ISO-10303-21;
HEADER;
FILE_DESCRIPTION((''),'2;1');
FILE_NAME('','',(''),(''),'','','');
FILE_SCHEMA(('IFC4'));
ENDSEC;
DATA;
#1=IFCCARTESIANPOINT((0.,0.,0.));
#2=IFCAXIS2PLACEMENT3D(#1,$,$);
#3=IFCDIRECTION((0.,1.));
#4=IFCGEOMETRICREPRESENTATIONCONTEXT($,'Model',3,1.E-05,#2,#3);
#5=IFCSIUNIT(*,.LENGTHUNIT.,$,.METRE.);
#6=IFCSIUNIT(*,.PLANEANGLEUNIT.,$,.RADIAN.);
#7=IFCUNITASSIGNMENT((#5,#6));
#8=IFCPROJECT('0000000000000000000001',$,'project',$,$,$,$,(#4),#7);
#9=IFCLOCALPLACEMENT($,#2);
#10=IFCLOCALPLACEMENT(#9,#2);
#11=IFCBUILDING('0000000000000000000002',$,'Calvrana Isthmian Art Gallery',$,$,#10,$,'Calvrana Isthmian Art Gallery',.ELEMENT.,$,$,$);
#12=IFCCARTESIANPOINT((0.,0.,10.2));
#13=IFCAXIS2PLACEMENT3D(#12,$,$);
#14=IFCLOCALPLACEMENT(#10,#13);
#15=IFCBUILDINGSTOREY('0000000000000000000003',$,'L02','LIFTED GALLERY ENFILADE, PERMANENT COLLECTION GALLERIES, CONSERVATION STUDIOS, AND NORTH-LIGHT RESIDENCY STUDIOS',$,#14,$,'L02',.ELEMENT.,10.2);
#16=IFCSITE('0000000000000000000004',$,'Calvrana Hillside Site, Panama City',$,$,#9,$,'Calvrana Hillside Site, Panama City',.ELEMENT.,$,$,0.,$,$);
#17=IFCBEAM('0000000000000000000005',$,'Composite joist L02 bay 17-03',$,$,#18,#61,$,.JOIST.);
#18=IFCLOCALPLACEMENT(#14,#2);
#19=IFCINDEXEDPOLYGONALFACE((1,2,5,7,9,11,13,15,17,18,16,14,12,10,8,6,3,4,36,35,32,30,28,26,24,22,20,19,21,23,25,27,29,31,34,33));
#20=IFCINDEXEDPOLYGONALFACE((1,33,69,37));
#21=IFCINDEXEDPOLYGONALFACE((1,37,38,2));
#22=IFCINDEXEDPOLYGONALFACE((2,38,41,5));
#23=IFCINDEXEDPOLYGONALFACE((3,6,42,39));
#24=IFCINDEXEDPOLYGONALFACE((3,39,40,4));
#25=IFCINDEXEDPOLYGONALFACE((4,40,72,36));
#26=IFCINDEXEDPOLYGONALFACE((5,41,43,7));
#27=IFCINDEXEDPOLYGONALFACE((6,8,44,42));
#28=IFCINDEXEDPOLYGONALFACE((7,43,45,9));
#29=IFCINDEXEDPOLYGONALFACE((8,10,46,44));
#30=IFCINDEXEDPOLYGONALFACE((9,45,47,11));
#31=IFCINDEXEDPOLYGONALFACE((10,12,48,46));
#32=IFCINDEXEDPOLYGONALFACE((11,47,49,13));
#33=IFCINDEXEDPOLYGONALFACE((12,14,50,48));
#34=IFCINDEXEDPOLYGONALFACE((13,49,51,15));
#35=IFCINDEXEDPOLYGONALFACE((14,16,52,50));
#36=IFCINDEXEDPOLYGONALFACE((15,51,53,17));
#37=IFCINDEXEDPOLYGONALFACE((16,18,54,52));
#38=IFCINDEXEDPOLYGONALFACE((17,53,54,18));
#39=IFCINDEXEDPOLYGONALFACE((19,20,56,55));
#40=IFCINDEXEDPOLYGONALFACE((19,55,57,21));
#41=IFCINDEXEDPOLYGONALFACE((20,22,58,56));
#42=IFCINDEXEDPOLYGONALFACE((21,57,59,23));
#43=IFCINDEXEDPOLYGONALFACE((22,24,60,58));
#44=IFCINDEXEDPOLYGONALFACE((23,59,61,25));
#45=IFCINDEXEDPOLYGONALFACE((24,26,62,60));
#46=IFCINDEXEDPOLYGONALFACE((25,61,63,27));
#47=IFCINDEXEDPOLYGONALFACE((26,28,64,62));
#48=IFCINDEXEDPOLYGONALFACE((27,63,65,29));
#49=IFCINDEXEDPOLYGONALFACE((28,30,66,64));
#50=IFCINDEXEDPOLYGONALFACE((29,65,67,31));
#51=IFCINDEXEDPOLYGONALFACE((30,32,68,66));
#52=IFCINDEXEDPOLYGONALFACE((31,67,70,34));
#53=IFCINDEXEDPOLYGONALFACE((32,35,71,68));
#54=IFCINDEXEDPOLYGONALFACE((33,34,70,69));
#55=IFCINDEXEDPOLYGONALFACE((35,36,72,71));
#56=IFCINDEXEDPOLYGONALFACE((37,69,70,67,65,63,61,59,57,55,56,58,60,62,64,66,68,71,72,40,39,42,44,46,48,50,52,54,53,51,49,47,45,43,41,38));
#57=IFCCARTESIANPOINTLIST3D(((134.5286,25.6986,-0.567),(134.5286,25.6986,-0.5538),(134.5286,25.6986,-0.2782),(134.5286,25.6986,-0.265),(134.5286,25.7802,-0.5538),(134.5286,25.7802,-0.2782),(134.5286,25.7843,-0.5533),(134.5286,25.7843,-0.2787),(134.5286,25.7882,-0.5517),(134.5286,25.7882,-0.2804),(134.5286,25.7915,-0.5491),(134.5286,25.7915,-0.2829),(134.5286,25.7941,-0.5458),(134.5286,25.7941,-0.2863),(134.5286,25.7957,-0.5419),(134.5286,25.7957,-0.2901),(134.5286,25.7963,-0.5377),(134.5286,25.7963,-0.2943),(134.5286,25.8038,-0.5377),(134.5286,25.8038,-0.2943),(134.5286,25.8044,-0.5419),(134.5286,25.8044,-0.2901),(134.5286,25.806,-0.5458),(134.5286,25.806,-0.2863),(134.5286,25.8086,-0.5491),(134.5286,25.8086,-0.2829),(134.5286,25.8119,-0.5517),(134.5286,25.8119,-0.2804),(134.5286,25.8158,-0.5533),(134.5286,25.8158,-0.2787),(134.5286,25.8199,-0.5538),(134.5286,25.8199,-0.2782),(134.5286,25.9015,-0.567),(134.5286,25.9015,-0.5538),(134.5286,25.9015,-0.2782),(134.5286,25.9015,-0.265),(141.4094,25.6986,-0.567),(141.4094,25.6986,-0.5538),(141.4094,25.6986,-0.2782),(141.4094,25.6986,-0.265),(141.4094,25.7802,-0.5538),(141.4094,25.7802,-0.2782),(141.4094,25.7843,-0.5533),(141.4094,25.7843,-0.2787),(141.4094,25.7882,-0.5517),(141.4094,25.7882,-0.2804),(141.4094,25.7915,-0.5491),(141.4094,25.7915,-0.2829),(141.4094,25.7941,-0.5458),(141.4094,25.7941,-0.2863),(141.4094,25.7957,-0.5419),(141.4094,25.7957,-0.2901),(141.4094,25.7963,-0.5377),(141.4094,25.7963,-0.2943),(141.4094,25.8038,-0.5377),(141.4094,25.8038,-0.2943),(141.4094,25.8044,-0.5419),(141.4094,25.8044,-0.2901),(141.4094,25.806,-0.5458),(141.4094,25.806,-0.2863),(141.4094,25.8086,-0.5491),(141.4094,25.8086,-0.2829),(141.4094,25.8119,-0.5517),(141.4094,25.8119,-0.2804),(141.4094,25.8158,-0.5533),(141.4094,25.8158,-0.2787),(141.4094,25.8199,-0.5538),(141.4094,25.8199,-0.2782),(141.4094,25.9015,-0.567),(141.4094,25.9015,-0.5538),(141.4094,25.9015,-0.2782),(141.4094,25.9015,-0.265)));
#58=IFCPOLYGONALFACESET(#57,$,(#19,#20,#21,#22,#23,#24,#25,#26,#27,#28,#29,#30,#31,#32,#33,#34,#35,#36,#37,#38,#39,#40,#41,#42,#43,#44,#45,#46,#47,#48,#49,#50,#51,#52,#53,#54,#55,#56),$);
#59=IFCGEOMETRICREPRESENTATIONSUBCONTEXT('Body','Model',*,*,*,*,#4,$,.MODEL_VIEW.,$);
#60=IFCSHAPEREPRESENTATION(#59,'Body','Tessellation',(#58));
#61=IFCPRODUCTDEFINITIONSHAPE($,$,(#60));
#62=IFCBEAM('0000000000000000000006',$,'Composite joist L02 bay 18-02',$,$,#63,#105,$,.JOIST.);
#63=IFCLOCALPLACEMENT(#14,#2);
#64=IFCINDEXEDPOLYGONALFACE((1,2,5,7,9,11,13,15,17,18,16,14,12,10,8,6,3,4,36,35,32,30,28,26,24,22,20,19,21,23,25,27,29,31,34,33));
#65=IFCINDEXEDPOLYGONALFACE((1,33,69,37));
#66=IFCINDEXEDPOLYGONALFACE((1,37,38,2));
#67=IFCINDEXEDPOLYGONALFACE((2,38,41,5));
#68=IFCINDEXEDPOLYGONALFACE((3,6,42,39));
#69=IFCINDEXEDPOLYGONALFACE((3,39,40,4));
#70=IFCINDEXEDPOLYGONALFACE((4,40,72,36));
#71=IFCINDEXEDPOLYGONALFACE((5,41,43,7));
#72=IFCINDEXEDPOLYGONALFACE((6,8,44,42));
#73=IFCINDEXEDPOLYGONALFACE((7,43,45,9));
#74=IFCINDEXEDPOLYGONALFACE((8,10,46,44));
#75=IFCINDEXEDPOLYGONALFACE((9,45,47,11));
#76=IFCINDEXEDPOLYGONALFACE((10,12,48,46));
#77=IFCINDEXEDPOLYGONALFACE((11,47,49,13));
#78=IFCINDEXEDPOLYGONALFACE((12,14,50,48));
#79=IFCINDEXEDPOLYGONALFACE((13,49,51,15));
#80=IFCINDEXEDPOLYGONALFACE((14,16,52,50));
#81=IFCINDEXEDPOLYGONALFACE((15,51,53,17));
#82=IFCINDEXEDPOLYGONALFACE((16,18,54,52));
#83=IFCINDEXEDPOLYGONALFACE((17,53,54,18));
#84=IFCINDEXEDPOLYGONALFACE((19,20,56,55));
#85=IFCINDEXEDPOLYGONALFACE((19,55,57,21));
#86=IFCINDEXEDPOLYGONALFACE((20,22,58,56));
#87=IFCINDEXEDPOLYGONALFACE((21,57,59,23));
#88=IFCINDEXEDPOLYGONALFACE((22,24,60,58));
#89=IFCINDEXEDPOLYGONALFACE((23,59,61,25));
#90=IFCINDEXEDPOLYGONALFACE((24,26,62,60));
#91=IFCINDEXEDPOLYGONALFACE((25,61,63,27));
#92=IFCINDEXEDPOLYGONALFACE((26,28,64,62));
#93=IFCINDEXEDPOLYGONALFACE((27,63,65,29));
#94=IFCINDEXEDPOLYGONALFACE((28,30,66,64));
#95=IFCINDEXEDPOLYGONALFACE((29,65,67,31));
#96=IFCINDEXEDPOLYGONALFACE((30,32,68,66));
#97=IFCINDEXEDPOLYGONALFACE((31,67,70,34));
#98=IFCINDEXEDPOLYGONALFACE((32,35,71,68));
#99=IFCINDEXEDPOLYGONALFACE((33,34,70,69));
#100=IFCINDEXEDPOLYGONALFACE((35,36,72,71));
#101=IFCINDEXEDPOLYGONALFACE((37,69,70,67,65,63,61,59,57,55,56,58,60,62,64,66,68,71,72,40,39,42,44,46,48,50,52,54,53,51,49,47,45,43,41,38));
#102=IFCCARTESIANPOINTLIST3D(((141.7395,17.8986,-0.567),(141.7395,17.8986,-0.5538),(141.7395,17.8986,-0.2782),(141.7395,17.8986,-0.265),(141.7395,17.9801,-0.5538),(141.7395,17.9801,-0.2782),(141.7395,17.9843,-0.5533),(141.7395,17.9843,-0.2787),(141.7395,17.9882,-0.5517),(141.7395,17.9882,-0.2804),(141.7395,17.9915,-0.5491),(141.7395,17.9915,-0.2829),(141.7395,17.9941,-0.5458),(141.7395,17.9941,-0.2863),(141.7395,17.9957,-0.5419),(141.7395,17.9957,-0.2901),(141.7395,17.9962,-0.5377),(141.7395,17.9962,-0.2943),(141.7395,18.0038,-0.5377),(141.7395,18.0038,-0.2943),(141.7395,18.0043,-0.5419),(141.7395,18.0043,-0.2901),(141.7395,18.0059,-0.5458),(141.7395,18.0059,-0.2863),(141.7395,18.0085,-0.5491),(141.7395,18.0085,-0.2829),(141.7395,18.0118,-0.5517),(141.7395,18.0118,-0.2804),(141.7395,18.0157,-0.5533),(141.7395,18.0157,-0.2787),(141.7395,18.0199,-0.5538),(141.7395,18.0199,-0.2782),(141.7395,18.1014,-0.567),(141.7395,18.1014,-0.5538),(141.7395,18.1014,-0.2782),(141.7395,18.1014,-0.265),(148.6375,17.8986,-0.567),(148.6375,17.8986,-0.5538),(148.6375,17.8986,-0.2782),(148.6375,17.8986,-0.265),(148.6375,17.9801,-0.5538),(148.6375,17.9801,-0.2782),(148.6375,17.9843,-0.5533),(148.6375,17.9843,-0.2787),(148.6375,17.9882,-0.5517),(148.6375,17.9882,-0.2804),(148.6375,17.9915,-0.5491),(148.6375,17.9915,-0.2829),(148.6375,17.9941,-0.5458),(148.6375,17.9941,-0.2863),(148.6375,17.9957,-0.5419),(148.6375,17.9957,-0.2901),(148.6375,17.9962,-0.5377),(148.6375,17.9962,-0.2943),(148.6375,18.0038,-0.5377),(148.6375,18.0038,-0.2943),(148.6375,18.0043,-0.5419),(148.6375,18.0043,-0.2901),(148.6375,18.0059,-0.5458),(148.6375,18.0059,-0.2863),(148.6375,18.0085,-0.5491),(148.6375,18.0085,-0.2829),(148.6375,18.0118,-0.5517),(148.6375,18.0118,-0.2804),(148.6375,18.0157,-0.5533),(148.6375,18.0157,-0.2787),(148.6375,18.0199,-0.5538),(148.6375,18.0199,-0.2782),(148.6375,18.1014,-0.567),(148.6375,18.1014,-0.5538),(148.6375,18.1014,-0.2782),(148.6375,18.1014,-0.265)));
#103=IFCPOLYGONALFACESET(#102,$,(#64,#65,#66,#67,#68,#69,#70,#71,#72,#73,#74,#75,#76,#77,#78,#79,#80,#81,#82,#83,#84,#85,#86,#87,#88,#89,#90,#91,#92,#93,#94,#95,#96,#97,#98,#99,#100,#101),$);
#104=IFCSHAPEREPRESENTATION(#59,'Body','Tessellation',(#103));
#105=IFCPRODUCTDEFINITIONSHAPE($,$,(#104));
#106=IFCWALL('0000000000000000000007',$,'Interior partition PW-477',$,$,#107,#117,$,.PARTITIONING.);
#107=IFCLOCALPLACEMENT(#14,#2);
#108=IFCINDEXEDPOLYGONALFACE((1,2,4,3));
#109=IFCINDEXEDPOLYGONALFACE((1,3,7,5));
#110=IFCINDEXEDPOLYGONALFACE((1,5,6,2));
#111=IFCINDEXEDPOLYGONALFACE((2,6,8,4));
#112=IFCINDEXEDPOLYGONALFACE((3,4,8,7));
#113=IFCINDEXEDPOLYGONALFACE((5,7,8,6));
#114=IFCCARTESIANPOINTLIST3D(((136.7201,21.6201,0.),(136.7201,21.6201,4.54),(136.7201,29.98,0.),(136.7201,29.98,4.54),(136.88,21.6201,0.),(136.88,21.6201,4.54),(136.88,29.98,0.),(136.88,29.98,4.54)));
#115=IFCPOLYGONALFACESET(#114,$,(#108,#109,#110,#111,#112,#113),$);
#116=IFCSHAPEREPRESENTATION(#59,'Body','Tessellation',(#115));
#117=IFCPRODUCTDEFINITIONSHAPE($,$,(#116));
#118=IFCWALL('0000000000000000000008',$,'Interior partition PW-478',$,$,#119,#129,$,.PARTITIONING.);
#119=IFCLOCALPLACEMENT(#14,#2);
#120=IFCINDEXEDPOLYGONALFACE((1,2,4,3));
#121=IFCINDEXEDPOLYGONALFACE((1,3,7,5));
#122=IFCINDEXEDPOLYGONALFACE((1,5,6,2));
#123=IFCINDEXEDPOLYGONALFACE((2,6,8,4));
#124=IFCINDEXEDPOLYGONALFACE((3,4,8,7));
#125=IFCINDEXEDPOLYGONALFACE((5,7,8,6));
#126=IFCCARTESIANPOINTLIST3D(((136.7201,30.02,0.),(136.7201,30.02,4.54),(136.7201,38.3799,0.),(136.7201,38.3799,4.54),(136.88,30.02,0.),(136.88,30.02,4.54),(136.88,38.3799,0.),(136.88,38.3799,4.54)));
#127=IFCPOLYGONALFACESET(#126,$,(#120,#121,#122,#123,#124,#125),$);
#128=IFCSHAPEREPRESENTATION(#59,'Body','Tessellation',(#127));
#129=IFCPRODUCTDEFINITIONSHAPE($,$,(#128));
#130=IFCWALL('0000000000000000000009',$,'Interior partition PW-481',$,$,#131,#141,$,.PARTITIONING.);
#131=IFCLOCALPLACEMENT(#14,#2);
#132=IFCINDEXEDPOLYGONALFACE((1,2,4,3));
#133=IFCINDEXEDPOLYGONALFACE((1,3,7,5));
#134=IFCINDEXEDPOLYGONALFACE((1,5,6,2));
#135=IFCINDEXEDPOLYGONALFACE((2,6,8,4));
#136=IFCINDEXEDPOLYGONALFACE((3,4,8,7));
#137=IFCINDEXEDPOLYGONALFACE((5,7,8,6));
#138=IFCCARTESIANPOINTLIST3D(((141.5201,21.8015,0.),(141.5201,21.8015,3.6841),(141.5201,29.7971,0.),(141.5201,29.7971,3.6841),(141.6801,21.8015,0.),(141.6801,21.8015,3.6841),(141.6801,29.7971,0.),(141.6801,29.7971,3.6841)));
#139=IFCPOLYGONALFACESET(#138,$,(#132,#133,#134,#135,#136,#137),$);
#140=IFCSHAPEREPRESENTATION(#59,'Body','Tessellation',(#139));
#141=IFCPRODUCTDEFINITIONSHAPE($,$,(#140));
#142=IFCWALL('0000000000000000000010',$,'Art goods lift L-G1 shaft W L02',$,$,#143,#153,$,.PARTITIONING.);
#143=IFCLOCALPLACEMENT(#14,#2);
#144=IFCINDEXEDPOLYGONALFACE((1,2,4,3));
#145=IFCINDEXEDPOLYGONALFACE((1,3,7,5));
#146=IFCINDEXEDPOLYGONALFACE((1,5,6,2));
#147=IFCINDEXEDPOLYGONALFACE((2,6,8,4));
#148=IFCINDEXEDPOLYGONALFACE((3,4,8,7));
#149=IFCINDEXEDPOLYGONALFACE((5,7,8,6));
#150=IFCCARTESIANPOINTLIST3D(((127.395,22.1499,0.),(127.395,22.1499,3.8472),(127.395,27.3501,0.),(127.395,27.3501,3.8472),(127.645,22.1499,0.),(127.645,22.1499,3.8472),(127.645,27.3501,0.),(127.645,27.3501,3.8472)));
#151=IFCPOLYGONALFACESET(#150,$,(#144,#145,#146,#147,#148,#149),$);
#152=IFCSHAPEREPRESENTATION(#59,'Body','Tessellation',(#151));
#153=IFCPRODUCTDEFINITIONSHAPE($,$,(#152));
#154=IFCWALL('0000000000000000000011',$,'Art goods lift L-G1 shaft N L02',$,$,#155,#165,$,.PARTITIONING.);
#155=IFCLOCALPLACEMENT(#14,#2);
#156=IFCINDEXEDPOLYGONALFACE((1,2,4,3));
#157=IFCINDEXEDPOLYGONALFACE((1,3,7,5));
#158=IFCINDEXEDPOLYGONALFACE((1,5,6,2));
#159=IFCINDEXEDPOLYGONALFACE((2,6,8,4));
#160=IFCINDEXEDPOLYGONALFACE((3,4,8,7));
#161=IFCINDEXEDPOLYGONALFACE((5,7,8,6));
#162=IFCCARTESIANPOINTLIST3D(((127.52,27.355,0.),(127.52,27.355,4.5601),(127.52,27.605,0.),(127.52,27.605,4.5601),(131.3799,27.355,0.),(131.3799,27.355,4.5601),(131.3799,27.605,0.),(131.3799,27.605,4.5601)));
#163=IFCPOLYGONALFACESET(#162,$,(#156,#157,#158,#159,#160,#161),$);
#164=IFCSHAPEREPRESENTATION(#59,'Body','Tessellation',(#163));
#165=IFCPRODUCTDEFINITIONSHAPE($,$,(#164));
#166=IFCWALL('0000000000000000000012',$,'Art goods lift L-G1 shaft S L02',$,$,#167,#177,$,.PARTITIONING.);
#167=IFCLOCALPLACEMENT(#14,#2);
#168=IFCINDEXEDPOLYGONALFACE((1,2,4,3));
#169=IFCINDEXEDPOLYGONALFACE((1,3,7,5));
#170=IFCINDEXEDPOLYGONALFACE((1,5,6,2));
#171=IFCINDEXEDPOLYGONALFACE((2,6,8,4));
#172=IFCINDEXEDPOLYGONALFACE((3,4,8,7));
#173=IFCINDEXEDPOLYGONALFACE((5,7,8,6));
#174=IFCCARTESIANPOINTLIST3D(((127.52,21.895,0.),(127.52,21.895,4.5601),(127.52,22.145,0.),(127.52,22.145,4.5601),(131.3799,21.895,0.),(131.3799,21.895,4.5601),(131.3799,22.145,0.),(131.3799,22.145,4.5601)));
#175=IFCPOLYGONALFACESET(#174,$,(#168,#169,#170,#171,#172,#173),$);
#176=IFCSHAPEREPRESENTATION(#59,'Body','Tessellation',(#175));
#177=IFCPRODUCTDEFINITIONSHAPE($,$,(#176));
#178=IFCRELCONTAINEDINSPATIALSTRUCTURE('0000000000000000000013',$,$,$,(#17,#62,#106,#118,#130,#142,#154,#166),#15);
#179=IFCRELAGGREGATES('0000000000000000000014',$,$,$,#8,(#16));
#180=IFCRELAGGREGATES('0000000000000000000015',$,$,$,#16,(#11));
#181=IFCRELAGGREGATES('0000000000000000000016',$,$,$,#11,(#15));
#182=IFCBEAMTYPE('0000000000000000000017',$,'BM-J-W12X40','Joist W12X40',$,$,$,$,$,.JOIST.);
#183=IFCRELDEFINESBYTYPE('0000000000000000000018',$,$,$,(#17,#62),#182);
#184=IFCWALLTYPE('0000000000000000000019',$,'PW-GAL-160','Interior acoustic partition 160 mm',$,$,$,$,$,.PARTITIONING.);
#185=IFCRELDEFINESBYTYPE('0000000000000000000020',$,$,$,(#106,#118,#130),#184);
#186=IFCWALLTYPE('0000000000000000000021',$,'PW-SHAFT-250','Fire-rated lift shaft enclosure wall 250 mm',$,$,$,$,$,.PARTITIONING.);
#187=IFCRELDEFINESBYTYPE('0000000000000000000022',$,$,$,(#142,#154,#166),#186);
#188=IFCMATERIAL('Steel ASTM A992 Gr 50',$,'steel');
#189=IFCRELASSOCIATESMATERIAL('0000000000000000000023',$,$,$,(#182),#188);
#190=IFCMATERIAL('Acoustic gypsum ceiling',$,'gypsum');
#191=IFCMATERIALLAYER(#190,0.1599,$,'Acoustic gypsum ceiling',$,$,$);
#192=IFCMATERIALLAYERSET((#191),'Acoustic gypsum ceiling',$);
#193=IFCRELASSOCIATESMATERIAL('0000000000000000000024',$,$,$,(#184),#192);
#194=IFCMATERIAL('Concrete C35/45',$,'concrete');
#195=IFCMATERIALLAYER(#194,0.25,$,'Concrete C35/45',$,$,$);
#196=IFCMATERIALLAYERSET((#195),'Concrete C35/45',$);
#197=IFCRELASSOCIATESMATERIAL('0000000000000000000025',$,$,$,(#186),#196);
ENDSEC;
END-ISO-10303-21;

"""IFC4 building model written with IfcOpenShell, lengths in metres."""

from ifc_helpers import new_model, si_unit, direction, frame, frame_2d, origin, origin_2d, place, context, subcontext, project, spatial, rectangle, i_section, extrude, material, layer, layer_set, material_profile, profile_set, type_object, element, save


model = new_model("IFC4")

# Units and contexts
model_context = context("Model", 3, precision=1e-05, world=origin(), true_north=direction((0.0, 1.0)))
body_context = subcontext(model_context, "Body", "Model", "MODEL_VIEW")
ifc_project = project(units=[si_unit("LENGTHUNIT", "METRE"), si_unit("PLANEANGLEUNIT", "RADIAN")], contexts=[model_context])

# Site, building, storey
site_placement = place(None, origin())
site = spatial("IfcSite", under=ifc_project, at=site_placement, Name="Calvrana Hillside Site, Panama City", LongName="Calvrana Hillside Site, Panama City", CompositionType="ELEMENT", RefElevation=0.0)
building_placement = place(site_placement, origin())
building = spatial("IfcBuilding", under=site, at=building_placement, Name="Calvrana Isthmian Art Gallery", LongName="Calvrana Isthmian Art Gallery", CompositionType="ELEMENT")
storey_placement = place(building_placement, frame((0.0, 0.0, 10.2)))
storey = spatial("IfcBuildingStorey", under=building, at=storey_placement, Name="L02", Description="LIFTED GALLERY ENFILADE, PERMANENT COLLECTION GALLERIES, CONSERVATION STUDIOS, AND NORTH-LIGHT RESIDENCY STUDIOS", LongName="L02", CompositionType="ELEMENT", Elevation=10.2)

# Shared definitions
ifc_material_1 = material(Name="Steel ASTM A992 Gr 50", Category="steel")

# Beams
ifc_material_profile_1 = material_profile(ifc_material_1, i_section(OverallWidth=0.2029, OverallDepth=0.302, WebThickness=0.0076, FlangeThickness=0.0132, FilletRadius=0.0161, at=origin_2d()), Name="W12X40")
ifc_profile_set_1 = profile_set([ifc_material_profile_1], Name="Steel ASTM A992 Gr 50")
beam_type_1 = type_object("IfcBeamType", Name="BM-J-W12X40", Description="Joist W12X40", PredefinedType="JOIST", material=ifc_profile_set_1)
beam_1_placement = place(storey_placement, frame((134.5286, 25.8, -0.416), z_axis=(1.0, 0.0, 0.0), x_axis=(0.0, 1.0, 0.0)))
element("IfcBeam", 1, at=beam_1_placement, inside=storey, type_object=beam_type_1, Name="Composite joist L02 bay 17-03", PredefinedType="JOIST", context=body_context, shape_type="SweptSolid", body=[
    extrude(i_section(OverallWidth=0.2029, OverallDepth=0.302, WebThickness=0.0076, FlangeThickness=0.0132, FilletRadius=0.0161, at=origin_2d()), origin(), (0.0, 0.0, 1.0), 6.8809),
])
beam_2_placement = place(storey_placement, frame((141.7395, 18.0, -0.416), z_axis=(1.0, 0.0, 0.0), x_axis=(0.0, 1.0, 0.0)))
element("IfcBeam", 2, at=beam_2_placement, inside=storey, type_object=beam_type_1, Name="Composite joist L02 bay 18-02", PredefinedType="JOIST", context=body_context, shape_type="SweptSolid", body=[
    extrude(i_section(OverallWidth=0.2029, OverallDepth=0.302, WebThickness=0.0076, FlangeThickness=0.0132, FilletRadius=0.0161, at=origin_2d()), origin(), (0.0, 0.0, 1.0), 6.8979),
])

# Walls
ifc_material_2 = material(Name="Acoustic gypsum ceiling", Category="gypsum")
ifc_layer_1 = layer(ifc_material_2, 0.1599, Name="Acoustic gypsum ceiling")
ifc_layer_set_1 = layer_set([ifc_layer_1], Name="Acoustic gypsum ceiling")
wall_type_1 = type_object("IfcWallType", Name="PW-GAL-160", Description="Interior acoustic partition 160 mm", PredefinedType="PARTITIONING", material=ifc_layer_set_1)
for number, where, z_axis, x_axis, name in (
    (3, (136.8, 21.6201, 0.0), (0.0, 0.0, 1.0), (0.0, 1.0, 0.0), "Interior partition PW-477"),
    (4, (136.8, 30.02, 0.0), (0.0, 0.0, 1.0), (0.0, 1.0, 0.0), "Interior partition PW-478"),
):
    element("IfcWall", number, at=place(storey_placement, frame(where, z_axis=z_axis, x_axis=x_axis)), inside=storey, type_object=wall_type_1, Name=name, PredefinedType="PARTITIONING", context=body_context, shape_type="SweptSolid", body=[
        extrude(rectangle(XDim=8.3599, YDim=0.1599, at=frame_2d((4.1799, 0.0))), origin(), (0.0, 0.0, 1.0), 4.54),
    ])
wall_1_placement = place(storey_placement, frame((141.6001, 21.8015, 0.0), z_axis=(0.0, 0.0, 1.0), x_axis=(0.0, 1.0, 0.0)))
element("IfcWall", 5, at=wall_1_placement, inside=storey, type_object=wall_type_1, Name="Interior partition PW-481", PredefinedType="PARTITIONING", context=body_context, shape_type="SweptSolid", body=[
    extrude(rectangle(XDim=7.9956, YDim=0.1599, at=frame_2d((3.9978, 0.0))), origin(), (0.0, 0.0, 1.0), 3.6841),
])
ifc_material_3 = material(Name="Concrete C35/45", Category="concrete")
ifc_layer_2 = layer(ifc_material_3, 0.25, Name="Concrete C35/45")
ifc_layer_set_2 = layer_set([ifc_layer_2], Name="Concrete C35/45")
wall_type_2 = type_object("IfcWallType", Name="PW-SHAFT-250", Description="Fire-rated lift shaft enclosure wall 250 mm", PredefinedType="PARTITIONING", material=ifc_layer_set_2)
wall_2_placement = place(storey_placement, frame((127.52, 22.1499, 0.0), z_axis=(0.0, 0.0, 1.0), x_axis=(0.0, 1.0, 0.0)))
element("IfcWall", 6, at=wall_2_placement, inside=storey, type_object=wall_type_2, Name="Art goods lift L-G1 shaft W L02", PredefinedType="PARTITIONING", context=body_context, shape_type="SweptSolid", body=[
    extrude(rectangle(XDim=5.2002, YDim=0.25, at=frame_2d((2.6001, 0.0))), origin(), (0.0, 0.0, 1.0), 3.8472),
])
for number, where, z_axis, x_axis, name in (
    (7, (127.52, 27.48, 0.0), (0.0, 0.0, 1.0), (1.0, 0.0, 0.0), "Art goods lift L-G1 shaft N L02"),
    (8, (127.52, 22.02, 0.0), (0.0, 0.0, 1.0), (1.0, 0.0, 0.0), "Art goods lift L-G1 shaft S L02"),
):
    element("IfcWall", number, at=place(storey_placement, frame(where, z_axis=z_axis, x_axis=x_axis)), inside=storey, type_object=wall_type_2, Name=name, PredefinedType="PARTITIONING", context=body_context, shape_type="SweptSolid", body=[
        extrude(rectangle(XDim=3.8599, YDim=0.25, at=frame_2d((1.9299, 0.0))), origin(), (0.0, 0.0, 1.0), 4.5601),
    ])

save(model, "model.ifc")
